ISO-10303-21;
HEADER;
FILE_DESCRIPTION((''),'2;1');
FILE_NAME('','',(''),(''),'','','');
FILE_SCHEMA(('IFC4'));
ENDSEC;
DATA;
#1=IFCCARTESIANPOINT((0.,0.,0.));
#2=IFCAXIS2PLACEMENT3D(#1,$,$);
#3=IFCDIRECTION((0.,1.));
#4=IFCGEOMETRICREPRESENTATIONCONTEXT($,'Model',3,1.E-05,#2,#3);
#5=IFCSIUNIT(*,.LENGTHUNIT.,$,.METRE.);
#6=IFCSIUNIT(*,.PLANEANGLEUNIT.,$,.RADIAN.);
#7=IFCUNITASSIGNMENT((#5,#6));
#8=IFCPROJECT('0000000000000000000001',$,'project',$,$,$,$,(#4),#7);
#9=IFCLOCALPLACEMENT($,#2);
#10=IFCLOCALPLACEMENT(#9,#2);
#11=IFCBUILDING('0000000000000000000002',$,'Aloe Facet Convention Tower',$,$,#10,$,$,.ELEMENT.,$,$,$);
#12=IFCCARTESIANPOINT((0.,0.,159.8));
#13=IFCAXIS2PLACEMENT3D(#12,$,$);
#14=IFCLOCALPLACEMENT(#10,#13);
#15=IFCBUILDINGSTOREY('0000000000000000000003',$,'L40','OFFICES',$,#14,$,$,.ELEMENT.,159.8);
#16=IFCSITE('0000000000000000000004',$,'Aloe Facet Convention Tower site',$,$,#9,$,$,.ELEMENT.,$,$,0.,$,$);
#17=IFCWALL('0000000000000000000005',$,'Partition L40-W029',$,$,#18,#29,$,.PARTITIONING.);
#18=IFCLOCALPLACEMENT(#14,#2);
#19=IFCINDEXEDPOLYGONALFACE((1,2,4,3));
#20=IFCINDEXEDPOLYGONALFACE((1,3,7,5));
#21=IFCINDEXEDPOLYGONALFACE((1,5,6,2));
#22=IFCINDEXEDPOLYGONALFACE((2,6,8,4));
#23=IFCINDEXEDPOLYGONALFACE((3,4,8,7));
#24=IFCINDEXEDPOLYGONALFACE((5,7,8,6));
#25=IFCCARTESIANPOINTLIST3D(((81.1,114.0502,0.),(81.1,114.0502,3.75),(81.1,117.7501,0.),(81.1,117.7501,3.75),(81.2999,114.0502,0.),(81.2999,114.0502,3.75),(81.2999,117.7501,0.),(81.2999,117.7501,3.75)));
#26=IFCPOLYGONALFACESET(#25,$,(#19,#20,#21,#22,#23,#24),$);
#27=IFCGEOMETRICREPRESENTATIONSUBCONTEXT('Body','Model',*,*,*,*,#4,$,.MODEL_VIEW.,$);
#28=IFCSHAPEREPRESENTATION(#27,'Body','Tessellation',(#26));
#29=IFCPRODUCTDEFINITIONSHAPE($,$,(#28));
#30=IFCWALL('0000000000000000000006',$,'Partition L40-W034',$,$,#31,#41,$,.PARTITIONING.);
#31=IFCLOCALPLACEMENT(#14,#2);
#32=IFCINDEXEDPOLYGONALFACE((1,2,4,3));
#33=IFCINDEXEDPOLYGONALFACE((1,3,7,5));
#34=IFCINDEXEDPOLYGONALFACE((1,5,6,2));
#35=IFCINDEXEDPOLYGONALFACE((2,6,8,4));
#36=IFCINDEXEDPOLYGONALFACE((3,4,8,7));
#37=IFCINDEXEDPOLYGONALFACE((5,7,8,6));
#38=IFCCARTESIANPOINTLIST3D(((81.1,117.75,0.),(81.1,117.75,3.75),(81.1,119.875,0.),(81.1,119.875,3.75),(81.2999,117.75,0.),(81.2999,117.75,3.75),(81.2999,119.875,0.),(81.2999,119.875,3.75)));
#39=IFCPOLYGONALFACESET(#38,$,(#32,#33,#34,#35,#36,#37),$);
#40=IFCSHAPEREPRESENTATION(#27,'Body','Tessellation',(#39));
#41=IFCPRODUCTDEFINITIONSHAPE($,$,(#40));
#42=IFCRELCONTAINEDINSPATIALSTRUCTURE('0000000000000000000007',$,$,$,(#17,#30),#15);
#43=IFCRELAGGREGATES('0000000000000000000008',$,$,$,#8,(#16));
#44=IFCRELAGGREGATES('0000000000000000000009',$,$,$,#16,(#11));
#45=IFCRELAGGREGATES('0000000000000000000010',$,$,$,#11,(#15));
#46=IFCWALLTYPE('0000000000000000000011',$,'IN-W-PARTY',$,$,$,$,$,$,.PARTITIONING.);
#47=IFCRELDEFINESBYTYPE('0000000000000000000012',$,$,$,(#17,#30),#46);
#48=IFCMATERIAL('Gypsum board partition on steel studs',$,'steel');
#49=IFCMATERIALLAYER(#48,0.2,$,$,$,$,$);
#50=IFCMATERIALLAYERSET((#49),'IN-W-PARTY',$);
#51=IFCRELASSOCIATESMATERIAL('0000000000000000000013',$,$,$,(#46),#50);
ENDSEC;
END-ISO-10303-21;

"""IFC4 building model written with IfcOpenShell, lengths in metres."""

from ifc_helpers import new_model, si_unit, direction, frame, frame_2d, origin, place, context, subcontext, project, spatial, rectangle, extrude, material, layer, layer_set, type_object, element, save


model = new_model("IFC4")

# Units and contexts
model_context = context("Model", 3, precision=1e-05, world=origin(), true_north=direction((0.0, 1.0)))
body_context = subcontext(model_context, "Body", "Model", "MODEL_VIEW")
ifc_project = project(units=[si_unit("LENGTHUNIT", "METRE"), si_unit("PLANEANGLEUNIT", "RADIAN")], contexts=[model_context])

# Site, building, storey
site_placement = place(None, origin())
site = spatial("IfcSite", under=ifc_project, at=site_placement, Name="Aloe Facet Convention Tower site", CompositionType="ELEMENT", RefElevation=0.0)
building_placement = place(site_placement, origin())
building = spatial("IfcBuilding", under=site, at=building_placement, Name="Aloe Facet Convention Tower", CompositionType="ELEMENT")
storey_placement = place(building_placement, frame((0.0, 0.0, 159.8)))
storey = spatial("IfcBuildingStorey", under=building, at=storey_placement, Name="L40", Description="OFFICES", CompositionType="ELEMENT", Elevation=159.8)

# Walls
ifc_material_1 = material(Name="Gypsum board partition on steel studs", Category="steel")
ifc_layer_1 = layer(ifc_material_1, 0.2)
ifc_layer_set_1 = layer_set([ifc_layer_1], Name="IN-W-PARTY")
wall_type_1 = type_object("IfcWallType", Name="IN-W-PARTY", PredefinedType="PARTITIONING", material=ifc_layer_set_1)
wall_1_placement = place(storey_placement, frame((81.2, 114.05, 0.0), z_axis=(0.0, 0.0, 1.0), x_axis=(0.0, 1.0, 0.0)))
element("IfcWall", 1, at=wall_1_placement, inside=storey, type_object=wall_type_1, Name="Partition L40-W029", PredefinedType="PARTITIONING", context=body_context, shape_type="SweptSolid", body=[
    extrude(rectangle(XDim=3.7, YDim=0.2, at=frame_2d((1.8501, 0.0))), origin(), (0.0, 0.0, 1.0), 3.75),
])
wall_2_placement = place(storey_placement, frame((81.2, 117.75, 0.0), z_axis=(0.0, 0.0, 1.0), x_axis=(0.0, 1.0, 0.0)))
element("IfcWall", 2, at=wall_2_placement, inside=storey, type_object=wall_type_1, Name="Partition L40-W034", PredefinedType="PARTITIONING", context=body_context, shape_type="SweptSolid", body=[
    extrude(rectangle(XDim=2.125, YDim=0.2, at=frame_2d((1.0625, 0.0))), origin(), (0.0, 0.0, 1.0), 3.75),
])

save(model, "model.ifc")
